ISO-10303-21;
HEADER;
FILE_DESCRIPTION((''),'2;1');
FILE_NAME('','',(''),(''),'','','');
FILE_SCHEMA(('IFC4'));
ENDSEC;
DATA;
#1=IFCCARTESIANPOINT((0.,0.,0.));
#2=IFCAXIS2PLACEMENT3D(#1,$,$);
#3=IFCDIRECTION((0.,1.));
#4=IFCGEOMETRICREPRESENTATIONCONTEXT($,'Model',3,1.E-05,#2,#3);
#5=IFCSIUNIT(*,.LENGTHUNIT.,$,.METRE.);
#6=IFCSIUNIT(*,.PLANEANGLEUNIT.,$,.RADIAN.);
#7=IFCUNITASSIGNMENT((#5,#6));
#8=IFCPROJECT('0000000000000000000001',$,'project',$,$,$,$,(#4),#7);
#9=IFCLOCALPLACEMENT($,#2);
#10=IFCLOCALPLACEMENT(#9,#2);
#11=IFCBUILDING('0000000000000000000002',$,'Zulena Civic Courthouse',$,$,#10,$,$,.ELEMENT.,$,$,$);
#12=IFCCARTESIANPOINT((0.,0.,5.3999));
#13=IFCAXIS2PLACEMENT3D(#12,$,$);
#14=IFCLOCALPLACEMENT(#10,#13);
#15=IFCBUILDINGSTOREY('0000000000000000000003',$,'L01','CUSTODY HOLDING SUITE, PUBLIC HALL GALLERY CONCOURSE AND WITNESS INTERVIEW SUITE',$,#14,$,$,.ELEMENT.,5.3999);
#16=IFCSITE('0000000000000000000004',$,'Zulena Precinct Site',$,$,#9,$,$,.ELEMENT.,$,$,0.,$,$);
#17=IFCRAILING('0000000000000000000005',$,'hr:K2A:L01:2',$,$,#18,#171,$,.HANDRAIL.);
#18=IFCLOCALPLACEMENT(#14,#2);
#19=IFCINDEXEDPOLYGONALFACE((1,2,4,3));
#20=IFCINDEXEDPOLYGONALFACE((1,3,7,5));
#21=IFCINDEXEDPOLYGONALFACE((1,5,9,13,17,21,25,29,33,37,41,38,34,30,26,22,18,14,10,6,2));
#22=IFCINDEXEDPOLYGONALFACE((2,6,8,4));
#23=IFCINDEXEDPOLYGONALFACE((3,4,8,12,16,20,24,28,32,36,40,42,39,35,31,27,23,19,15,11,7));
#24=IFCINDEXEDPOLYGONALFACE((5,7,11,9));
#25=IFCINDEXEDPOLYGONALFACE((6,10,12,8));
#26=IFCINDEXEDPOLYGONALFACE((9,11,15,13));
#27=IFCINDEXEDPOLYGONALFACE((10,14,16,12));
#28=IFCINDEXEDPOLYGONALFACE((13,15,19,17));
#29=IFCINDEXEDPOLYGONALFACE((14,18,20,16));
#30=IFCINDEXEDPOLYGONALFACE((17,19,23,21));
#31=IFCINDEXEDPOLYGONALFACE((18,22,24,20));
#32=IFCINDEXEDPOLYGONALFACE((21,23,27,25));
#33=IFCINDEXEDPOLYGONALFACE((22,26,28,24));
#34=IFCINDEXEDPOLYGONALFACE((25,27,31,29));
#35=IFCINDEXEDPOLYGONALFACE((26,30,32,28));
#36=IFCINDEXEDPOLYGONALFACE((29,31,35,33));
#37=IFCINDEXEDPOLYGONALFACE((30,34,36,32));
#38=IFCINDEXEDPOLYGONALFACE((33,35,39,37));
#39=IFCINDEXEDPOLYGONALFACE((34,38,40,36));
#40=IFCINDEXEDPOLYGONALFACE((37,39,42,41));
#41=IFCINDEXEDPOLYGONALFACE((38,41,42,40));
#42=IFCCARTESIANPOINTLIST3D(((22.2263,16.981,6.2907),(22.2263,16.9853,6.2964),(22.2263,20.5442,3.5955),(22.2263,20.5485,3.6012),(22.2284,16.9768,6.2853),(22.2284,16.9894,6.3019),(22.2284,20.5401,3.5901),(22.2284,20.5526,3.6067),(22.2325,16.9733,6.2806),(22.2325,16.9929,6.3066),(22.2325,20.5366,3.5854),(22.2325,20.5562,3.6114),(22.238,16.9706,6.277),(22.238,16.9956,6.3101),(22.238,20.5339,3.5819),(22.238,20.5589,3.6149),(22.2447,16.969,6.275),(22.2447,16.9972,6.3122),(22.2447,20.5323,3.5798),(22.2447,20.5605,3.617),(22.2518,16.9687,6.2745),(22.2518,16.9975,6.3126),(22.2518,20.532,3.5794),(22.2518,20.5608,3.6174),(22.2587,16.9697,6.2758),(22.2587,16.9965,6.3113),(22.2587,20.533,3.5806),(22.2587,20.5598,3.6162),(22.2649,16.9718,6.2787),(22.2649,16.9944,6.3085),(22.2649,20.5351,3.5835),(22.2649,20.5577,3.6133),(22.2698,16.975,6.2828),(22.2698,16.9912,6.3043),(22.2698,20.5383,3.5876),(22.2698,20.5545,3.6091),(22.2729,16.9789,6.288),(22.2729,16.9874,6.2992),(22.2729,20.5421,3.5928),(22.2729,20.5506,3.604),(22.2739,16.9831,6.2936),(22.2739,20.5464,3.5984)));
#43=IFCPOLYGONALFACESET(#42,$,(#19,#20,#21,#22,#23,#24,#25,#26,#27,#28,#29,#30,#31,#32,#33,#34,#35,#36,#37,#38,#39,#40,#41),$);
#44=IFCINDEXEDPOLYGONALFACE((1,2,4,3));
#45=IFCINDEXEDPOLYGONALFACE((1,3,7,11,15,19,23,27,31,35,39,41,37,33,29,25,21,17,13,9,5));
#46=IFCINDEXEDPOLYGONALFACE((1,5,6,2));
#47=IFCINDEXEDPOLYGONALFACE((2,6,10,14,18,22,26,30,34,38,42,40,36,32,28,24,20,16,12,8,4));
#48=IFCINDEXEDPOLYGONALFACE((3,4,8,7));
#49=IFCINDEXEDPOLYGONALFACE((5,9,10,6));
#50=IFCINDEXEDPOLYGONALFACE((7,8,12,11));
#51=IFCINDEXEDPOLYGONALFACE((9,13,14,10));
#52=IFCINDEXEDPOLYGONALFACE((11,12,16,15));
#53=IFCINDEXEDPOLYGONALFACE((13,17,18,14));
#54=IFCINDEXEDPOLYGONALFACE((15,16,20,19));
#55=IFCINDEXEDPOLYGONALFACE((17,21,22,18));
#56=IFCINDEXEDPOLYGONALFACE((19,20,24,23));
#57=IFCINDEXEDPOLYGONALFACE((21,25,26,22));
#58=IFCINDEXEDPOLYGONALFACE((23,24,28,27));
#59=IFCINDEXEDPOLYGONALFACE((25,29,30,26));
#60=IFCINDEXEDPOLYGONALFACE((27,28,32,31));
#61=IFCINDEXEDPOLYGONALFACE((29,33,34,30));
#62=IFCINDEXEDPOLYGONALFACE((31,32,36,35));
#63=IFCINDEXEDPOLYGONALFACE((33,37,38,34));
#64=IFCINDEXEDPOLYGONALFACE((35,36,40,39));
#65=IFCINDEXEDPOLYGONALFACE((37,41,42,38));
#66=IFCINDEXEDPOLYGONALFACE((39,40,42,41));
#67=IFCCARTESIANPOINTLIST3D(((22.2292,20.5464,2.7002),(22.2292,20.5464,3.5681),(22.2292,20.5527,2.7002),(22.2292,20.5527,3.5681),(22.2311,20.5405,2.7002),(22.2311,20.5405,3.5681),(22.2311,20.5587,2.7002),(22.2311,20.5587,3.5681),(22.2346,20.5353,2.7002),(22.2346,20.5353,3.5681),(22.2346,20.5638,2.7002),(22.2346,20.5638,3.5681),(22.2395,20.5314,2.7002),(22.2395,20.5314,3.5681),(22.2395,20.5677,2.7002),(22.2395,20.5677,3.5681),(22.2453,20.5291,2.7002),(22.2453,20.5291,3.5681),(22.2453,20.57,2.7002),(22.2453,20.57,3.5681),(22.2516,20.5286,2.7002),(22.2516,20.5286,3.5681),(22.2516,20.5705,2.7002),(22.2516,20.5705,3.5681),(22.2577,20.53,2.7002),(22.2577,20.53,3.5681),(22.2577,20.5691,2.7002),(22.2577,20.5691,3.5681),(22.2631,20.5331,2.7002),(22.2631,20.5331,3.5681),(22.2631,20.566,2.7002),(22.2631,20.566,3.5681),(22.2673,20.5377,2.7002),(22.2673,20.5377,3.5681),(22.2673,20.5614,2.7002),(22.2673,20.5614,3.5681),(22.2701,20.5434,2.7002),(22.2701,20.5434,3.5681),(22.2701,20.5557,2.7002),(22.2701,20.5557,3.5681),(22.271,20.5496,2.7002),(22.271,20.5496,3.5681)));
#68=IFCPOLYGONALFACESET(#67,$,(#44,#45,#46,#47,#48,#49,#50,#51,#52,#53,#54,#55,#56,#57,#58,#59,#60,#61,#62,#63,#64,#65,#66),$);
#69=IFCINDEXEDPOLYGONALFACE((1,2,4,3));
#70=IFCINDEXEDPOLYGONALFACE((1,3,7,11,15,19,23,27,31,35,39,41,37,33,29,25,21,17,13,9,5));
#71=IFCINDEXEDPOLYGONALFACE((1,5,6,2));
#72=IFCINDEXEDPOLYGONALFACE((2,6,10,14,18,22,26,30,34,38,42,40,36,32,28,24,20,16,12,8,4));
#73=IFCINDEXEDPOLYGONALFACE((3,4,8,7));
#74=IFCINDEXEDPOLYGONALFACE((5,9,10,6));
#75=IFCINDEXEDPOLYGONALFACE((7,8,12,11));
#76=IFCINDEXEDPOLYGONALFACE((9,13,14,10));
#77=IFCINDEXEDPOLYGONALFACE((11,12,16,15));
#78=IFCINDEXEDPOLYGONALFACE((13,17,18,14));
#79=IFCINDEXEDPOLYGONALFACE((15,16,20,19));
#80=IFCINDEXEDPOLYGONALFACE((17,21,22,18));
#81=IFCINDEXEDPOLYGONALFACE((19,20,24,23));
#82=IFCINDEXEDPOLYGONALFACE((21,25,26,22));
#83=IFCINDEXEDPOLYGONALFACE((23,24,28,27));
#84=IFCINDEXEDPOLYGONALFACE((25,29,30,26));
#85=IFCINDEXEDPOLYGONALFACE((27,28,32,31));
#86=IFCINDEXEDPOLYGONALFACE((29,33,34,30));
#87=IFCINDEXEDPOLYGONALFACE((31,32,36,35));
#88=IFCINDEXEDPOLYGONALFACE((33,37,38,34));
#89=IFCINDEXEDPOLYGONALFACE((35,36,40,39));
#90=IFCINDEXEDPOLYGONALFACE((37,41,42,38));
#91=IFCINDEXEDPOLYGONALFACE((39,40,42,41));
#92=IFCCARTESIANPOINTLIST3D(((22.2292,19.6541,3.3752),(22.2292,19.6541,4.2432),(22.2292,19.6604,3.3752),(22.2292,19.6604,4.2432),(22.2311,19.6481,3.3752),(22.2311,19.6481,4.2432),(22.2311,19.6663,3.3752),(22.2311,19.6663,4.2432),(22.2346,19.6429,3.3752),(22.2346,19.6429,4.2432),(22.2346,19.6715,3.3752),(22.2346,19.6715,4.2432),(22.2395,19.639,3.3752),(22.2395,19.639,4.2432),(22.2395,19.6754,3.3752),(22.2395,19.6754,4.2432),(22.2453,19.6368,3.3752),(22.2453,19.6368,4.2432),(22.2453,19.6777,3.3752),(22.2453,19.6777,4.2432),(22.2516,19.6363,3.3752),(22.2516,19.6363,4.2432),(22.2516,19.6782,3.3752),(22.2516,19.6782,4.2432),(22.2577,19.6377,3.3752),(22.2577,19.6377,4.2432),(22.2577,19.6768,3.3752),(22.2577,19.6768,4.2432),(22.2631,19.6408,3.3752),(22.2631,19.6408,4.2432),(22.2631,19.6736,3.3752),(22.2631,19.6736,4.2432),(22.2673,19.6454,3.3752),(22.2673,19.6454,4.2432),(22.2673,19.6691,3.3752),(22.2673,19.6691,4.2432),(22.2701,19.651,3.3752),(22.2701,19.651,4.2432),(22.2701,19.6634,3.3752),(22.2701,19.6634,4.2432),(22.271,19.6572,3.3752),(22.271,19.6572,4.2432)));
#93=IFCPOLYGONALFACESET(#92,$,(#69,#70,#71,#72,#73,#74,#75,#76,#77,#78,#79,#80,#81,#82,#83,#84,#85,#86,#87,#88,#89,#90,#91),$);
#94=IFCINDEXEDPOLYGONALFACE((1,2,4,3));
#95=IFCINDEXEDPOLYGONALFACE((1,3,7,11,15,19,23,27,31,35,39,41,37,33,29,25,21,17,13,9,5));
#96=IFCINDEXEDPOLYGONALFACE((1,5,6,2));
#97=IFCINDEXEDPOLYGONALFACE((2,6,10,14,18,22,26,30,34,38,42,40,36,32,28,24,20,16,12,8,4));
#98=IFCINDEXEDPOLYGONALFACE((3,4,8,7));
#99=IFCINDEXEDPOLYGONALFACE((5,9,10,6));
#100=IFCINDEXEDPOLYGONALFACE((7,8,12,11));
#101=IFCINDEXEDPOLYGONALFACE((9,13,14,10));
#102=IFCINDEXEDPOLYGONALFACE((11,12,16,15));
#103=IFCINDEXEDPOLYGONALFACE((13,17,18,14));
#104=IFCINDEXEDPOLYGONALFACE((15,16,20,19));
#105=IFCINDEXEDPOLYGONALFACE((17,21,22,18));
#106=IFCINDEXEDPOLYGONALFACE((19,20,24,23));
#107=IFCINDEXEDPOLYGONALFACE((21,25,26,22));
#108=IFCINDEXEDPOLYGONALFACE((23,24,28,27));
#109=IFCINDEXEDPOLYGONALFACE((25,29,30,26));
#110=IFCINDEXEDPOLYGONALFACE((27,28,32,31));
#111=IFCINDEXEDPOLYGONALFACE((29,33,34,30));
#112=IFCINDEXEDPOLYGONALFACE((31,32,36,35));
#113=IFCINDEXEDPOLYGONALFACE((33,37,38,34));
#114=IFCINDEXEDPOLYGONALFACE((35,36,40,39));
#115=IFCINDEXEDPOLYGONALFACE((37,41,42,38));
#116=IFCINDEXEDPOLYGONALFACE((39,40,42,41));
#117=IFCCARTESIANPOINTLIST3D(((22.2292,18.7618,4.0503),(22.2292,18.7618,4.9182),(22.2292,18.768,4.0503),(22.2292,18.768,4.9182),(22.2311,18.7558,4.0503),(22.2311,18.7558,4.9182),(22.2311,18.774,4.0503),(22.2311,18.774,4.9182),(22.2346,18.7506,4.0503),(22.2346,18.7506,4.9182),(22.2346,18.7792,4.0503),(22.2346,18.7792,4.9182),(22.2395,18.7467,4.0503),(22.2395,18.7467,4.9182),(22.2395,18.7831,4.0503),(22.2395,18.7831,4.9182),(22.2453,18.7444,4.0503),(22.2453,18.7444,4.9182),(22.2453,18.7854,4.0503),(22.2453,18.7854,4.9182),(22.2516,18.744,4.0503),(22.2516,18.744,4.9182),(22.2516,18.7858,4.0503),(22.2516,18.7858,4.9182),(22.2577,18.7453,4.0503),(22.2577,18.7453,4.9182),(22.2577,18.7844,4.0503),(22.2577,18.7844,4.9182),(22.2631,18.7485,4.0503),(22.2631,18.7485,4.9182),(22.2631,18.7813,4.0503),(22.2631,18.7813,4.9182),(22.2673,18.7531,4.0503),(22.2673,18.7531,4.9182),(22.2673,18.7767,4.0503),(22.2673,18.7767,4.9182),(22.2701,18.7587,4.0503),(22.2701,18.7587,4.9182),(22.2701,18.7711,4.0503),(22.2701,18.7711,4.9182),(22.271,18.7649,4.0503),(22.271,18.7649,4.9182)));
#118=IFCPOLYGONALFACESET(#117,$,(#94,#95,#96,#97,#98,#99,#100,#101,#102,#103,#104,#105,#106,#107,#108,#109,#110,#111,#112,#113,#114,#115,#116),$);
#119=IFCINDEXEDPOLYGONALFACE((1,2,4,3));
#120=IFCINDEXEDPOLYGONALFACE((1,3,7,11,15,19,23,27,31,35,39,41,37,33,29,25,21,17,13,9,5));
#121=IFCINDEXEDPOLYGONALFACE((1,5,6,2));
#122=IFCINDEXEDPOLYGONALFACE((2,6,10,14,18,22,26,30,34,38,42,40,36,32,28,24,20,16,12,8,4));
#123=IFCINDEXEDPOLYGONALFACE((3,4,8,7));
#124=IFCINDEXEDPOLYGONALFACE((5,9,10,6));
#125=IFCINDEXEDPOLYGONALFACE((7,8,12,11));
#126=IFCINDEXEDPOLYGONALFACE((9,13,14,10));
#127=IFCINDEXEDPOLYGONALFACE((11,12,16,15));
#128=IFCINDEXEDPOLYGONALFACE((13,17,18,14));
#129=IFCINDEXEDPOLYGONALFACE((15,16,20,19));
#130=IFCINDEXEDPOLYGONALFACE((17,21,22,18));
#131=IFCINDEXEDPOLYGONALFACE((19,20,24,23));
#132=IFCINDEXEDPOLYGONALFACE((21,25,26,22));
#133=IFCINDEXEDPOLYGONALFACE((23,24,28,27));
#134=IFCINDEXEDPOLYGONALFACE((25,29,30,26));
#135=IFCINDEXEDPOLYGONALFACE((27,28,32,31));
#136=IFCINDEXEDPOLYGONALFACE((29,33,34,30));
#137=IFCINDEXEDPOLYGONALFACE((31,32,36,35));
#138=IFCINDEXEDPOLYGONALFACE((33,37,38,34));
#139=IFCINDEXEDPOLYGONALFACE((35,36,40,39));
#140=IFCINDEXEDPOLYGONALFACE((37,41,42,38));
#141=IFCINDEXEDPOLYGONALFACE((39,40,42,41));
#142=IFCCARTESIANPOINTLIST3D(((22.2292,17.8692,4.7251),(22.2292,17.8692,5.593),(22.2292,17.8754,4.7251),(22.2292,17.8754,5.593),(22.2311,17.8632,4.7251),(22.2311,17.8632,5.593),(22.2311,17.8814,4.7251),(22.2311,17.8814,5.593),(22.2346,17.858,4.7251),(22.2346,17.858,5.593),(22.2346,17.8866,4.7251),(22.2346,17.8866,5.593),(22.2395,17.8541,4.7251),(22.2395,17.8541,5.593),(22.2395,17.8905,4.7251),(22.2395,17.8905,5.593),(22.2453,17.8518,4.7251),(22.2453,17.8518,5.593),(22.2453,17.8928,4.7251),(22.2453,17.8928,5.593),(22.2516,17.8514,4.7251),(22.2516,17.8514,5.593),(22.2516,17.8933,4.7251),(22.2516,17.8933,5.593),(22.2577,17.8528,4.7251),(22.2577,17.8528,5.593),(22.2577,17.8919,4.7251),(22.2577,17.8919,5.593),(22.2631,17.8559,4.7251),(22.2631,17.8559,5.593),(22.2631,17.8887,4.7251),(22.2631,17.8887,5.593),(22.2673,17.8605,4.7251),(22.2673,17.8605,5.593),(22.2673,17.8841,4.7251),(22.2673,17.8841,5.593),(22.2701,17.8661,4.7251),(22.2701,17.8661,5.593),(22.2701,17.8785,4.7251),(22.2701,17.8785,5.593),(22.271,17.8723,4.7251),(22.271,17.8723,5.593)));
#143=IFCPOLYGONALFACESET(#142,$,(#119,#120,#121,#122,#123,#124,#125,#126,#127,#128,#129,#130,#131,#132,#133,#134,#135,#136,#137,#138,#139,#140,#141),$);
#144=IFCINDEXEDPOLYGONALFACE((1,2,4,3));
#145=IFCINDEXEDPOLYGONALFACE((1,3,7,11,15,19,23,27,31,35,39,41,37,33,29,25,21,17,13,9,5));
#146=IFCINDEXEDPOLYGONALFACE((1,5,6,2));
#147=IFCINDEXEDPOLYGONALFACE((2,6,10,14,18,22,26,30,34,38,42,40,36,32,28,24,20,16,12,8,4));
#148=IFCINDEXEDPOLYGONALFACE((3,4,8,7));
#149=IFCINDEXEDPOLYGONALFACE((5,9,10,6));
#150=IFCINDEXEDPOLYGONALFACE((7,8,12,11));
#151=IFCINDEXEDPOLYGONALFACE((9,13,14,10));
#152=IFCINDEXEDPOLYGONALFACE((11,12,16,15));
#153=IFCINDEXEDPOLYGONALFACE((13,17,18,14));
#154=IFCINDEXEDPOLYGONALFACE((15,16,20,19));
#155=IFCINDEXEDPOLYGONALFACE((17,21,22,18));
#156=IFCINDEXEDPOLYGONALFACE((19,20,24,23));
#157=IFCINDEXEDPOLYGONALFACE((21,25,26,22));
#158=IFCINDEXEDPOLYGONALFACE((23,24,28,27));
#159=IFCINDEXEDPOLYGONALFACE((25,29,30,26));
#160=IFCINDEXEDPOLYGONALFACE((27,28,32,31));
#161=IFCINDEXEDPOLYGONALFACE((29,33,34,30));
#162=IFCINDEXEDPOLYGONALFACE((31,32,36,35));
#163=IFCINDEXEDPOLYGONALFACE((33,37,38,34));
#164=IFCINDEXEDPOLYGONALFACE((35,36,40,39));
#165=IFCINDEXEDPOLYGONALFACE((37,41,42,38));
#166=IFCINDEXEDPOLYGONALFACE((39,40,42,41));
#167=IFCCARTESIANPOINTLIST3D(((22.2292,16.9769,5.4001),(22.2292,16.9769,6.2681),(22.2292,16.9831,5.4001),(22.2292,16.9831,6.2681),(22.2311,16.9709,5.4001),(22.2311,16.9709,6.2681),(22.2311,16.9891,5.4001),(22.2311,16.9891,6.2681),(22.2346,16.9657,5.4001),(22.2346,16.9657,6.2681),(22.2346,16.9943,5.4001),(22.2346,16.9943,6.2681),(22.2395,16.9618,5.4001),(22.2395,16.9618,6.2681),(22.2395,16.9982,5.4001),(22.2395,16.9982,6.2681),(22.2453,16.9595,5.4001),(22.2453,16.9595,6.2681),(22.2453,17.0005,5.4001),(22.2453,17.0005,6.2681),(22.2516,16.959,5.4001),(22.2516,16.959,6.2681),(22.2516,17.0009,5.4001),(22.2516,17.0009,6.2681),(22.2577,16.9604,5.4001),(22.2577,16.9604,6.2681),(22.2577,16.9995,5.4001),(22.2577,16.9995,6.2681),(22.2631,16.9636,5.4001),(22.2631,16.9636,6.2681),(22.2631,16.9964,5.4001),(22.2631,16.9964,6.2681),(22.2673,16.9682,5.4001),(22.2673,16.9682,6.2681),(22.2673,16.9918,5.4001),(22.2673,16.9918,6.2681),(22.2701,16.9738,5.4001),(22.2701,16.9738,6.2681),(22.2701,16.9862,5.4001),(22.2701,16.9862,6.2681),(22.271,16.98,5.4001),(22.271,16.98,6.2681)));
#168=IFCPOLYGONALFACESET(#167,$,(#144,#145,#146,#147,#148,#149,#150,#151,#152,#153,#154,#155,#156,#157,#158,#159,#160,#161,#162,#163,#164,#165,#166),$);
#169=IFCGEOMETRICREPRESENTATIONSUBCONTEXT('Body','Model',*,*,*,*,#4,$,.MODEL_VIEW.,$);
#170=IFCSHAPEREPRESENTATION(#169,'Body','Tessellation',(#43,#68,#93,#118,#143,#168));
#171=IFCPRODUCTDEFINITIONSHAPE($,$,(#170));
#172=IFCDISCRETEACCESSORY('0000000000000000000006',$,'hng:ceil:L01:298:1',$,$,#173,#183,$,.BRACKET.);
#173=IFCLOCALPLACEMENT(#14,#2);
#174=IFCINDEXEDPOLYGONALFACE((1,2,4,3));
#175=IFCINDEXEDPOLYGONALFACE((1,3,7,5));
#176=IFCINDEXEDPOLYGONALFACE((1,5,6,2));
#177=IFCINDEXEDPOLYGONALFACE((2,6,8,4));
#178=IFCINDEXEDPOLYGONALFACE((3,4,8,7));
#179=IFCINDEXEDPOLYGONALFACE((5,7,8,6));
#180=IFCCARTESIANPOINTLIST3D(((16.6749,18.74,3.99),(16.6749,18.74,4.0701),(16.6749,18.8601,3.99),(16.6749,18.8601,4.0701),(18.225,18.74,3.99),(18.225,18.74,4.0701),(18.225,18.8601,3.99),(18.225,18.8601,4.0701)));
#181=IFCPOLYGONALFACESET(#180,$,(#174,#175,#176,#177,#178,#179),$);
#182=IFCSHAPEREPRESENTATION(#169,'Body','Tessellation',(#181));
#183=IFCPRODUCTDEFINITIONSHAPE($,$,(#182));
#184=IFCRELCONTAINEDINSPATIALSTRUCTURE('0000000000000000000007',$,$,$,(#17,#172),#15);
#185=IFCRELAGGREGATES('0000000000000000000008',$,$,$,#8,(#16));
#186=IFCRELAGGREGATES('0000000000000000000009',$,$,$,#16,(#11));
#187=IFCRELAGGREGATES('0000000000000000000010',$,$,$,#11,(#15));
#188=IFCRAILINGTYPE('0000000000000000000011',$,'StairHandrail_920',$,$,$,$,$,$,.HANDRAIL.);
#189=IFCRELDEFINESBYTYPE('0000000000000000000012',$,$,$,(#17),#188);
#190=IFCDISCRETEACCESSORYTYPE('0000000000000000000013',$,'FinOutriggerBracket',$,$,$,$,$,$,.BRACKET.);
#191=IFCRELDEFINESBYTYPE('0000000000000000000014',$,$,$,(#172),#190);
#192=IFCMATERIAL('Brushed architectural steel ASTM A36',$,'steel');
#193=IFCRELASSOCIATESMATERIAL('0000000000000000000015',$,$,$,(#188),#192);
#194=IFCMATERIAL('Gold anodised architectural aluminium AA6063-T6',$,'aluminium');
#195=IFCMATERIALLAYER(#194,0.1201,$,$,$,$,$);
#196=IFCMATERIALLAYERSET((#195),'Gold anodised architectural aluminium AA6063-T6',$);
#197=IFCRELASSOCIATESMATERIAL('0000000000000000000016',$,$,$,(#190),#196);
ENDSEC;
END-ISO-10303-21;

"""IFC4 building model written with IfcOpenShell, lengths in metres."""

from ifc_helpers import new_model, si_unit, direction, frame, origin, origin_2d, place, context, subcontext, project, spatial, rectangle, circle, extrude, material, layer, layer_set, type_object, element, save


model = new_model("IFC4")

# Units and contexts
model_context = context("Model", 3, precision=1e-05, world=origin(), true_north=direction((0.0, 1.0)))
body_context = subcontext(model_context, "Body", "Model", "MODEL_VIEW")
ifc_project = project(units=[si_unit("LENGTHUNIT", "METRE"), si_unit("PLANEANGLEUNIT", "RADIAN")], contexts=[model_context])

# Site, building, storey
site_placement = place(None, origin())
site = spatial("IfcSite", under=ifc_project, at=site_placement, Name="Zulena Precinct Site", CompositionType="ELEMENT", RefElevation=0.0)
building_placement = place(site_placement, origin())
building = spatial("IfcBuilding", under=site, at=building_placement, Name="Zulena Civic Courthouse", CompositionType="ELEMENT")
storey_placement = place(building_placement, frame((0.0, 0.0, 5.3999)))
storey = spatial("IfcBuildingStorey", under=building, at=storey_placement, Name="L01", Description="CUSTODY HOLDING SUITE, PUBLIC HALL GALLERY CONCOURSE AND WITNESS INTERVIEW SUITE", CompositionType="ELEMENT", Elevation=5.3999)

# Shared definitions
ifc_material_1 = material(Name="Brushed architectural steel ASTM A36", Category="steel")

# Railing
railing_type_1 = type_object("IfcRailingType", Name="StairHandrail_920", PredefinedType="HANDRAIL", material=ifc_material_1)
railing_1_placement = place(storey_placement, frame((22.25, 20.5496, 2.7002)))
element("IfcRailing", 1, at=railing_1_placement, inside=storey, type_object=railing_type_1, Name="hr:K2A:L01:2", PredefinedType="HANDRAIL", context=body_context, shape_type="SweptSolid", body=[
    extrude(circle(Radius=0.0239, at=origin_2d()), frame((0.0, -0.0032, 0.8982), z_axis=(0.0, -0.797552, 0.60325), x_axis=(1.0, 0.0, 0.0)), (0.0, 0.0, 1.0), 4.4678),
    extrude(circle(Radius=0.021, at=origin_2d()), origin(), (0.0, 0.0, 1.0), 0.8679),
    extrude(circle(Radius=0.021, at=origin_2d()), frame((0.0, -0.8923, 0.675)), (0.0, 0.0, 1.0), 0.8679),
    extrude(circle(Radius=0.021, at=origin_2d()), frame((0.0, -1.7847, 1.3501)), (0.0, 0.0, 1.0), 0.8679),
    extrude(circle(Radius=0.021, at=origin_2d()), frame((0.0, -2.6772, 2.0249)), (0.0, 0.0, 1.0), 0.8679),
    extrude(circle(Radius=0.021, at=origin_2d()), frame((0.0, -3.5696, 2.7)), (0.0, 0.0, 1.0), 0.8679),
])

# Discrete accessory
ifc_material_2 = material(Name="Gold anodised architectural aluminium AA6063-T6", Category="aluminium")
ifc_layer_1 = layer(ifc_material_2, 0.1201)
ifc_layer_set_1 = layer_set([ifc_layer_1], Name="Gold anodised architectural aluminium AA6063-T6")
discrete_accessory_type = type_object("IfcDiscreteAccessoryType", Name="FinOutriggerBracket", PredefinedType="BRACKET", material=ifc_layer_set_1)
discrete_accessory_placement = place(storey_placement, frame((17.45, 18.8, 3.99), z_axis=(0.0, 0.0, 1.0), x_axis=(1.0, 0.0, 0.0)))
element("IfcDiscreteAccessory", 2, at=discrete_accessory_placement, inside=storey, type_object=discrete_accessory_type, Name="hng:ceil:L01:298:1", PredefinedType="BRACKET", context=body_context, shape_type="SweptSolid", body=[
    extrude(rectangle(XDim=1.55, YDim=0.1201, at=origin_2d()), origin(), (0.0, 0.0, 1.0), 0.0801),
])

save(model, "model.ifc")
